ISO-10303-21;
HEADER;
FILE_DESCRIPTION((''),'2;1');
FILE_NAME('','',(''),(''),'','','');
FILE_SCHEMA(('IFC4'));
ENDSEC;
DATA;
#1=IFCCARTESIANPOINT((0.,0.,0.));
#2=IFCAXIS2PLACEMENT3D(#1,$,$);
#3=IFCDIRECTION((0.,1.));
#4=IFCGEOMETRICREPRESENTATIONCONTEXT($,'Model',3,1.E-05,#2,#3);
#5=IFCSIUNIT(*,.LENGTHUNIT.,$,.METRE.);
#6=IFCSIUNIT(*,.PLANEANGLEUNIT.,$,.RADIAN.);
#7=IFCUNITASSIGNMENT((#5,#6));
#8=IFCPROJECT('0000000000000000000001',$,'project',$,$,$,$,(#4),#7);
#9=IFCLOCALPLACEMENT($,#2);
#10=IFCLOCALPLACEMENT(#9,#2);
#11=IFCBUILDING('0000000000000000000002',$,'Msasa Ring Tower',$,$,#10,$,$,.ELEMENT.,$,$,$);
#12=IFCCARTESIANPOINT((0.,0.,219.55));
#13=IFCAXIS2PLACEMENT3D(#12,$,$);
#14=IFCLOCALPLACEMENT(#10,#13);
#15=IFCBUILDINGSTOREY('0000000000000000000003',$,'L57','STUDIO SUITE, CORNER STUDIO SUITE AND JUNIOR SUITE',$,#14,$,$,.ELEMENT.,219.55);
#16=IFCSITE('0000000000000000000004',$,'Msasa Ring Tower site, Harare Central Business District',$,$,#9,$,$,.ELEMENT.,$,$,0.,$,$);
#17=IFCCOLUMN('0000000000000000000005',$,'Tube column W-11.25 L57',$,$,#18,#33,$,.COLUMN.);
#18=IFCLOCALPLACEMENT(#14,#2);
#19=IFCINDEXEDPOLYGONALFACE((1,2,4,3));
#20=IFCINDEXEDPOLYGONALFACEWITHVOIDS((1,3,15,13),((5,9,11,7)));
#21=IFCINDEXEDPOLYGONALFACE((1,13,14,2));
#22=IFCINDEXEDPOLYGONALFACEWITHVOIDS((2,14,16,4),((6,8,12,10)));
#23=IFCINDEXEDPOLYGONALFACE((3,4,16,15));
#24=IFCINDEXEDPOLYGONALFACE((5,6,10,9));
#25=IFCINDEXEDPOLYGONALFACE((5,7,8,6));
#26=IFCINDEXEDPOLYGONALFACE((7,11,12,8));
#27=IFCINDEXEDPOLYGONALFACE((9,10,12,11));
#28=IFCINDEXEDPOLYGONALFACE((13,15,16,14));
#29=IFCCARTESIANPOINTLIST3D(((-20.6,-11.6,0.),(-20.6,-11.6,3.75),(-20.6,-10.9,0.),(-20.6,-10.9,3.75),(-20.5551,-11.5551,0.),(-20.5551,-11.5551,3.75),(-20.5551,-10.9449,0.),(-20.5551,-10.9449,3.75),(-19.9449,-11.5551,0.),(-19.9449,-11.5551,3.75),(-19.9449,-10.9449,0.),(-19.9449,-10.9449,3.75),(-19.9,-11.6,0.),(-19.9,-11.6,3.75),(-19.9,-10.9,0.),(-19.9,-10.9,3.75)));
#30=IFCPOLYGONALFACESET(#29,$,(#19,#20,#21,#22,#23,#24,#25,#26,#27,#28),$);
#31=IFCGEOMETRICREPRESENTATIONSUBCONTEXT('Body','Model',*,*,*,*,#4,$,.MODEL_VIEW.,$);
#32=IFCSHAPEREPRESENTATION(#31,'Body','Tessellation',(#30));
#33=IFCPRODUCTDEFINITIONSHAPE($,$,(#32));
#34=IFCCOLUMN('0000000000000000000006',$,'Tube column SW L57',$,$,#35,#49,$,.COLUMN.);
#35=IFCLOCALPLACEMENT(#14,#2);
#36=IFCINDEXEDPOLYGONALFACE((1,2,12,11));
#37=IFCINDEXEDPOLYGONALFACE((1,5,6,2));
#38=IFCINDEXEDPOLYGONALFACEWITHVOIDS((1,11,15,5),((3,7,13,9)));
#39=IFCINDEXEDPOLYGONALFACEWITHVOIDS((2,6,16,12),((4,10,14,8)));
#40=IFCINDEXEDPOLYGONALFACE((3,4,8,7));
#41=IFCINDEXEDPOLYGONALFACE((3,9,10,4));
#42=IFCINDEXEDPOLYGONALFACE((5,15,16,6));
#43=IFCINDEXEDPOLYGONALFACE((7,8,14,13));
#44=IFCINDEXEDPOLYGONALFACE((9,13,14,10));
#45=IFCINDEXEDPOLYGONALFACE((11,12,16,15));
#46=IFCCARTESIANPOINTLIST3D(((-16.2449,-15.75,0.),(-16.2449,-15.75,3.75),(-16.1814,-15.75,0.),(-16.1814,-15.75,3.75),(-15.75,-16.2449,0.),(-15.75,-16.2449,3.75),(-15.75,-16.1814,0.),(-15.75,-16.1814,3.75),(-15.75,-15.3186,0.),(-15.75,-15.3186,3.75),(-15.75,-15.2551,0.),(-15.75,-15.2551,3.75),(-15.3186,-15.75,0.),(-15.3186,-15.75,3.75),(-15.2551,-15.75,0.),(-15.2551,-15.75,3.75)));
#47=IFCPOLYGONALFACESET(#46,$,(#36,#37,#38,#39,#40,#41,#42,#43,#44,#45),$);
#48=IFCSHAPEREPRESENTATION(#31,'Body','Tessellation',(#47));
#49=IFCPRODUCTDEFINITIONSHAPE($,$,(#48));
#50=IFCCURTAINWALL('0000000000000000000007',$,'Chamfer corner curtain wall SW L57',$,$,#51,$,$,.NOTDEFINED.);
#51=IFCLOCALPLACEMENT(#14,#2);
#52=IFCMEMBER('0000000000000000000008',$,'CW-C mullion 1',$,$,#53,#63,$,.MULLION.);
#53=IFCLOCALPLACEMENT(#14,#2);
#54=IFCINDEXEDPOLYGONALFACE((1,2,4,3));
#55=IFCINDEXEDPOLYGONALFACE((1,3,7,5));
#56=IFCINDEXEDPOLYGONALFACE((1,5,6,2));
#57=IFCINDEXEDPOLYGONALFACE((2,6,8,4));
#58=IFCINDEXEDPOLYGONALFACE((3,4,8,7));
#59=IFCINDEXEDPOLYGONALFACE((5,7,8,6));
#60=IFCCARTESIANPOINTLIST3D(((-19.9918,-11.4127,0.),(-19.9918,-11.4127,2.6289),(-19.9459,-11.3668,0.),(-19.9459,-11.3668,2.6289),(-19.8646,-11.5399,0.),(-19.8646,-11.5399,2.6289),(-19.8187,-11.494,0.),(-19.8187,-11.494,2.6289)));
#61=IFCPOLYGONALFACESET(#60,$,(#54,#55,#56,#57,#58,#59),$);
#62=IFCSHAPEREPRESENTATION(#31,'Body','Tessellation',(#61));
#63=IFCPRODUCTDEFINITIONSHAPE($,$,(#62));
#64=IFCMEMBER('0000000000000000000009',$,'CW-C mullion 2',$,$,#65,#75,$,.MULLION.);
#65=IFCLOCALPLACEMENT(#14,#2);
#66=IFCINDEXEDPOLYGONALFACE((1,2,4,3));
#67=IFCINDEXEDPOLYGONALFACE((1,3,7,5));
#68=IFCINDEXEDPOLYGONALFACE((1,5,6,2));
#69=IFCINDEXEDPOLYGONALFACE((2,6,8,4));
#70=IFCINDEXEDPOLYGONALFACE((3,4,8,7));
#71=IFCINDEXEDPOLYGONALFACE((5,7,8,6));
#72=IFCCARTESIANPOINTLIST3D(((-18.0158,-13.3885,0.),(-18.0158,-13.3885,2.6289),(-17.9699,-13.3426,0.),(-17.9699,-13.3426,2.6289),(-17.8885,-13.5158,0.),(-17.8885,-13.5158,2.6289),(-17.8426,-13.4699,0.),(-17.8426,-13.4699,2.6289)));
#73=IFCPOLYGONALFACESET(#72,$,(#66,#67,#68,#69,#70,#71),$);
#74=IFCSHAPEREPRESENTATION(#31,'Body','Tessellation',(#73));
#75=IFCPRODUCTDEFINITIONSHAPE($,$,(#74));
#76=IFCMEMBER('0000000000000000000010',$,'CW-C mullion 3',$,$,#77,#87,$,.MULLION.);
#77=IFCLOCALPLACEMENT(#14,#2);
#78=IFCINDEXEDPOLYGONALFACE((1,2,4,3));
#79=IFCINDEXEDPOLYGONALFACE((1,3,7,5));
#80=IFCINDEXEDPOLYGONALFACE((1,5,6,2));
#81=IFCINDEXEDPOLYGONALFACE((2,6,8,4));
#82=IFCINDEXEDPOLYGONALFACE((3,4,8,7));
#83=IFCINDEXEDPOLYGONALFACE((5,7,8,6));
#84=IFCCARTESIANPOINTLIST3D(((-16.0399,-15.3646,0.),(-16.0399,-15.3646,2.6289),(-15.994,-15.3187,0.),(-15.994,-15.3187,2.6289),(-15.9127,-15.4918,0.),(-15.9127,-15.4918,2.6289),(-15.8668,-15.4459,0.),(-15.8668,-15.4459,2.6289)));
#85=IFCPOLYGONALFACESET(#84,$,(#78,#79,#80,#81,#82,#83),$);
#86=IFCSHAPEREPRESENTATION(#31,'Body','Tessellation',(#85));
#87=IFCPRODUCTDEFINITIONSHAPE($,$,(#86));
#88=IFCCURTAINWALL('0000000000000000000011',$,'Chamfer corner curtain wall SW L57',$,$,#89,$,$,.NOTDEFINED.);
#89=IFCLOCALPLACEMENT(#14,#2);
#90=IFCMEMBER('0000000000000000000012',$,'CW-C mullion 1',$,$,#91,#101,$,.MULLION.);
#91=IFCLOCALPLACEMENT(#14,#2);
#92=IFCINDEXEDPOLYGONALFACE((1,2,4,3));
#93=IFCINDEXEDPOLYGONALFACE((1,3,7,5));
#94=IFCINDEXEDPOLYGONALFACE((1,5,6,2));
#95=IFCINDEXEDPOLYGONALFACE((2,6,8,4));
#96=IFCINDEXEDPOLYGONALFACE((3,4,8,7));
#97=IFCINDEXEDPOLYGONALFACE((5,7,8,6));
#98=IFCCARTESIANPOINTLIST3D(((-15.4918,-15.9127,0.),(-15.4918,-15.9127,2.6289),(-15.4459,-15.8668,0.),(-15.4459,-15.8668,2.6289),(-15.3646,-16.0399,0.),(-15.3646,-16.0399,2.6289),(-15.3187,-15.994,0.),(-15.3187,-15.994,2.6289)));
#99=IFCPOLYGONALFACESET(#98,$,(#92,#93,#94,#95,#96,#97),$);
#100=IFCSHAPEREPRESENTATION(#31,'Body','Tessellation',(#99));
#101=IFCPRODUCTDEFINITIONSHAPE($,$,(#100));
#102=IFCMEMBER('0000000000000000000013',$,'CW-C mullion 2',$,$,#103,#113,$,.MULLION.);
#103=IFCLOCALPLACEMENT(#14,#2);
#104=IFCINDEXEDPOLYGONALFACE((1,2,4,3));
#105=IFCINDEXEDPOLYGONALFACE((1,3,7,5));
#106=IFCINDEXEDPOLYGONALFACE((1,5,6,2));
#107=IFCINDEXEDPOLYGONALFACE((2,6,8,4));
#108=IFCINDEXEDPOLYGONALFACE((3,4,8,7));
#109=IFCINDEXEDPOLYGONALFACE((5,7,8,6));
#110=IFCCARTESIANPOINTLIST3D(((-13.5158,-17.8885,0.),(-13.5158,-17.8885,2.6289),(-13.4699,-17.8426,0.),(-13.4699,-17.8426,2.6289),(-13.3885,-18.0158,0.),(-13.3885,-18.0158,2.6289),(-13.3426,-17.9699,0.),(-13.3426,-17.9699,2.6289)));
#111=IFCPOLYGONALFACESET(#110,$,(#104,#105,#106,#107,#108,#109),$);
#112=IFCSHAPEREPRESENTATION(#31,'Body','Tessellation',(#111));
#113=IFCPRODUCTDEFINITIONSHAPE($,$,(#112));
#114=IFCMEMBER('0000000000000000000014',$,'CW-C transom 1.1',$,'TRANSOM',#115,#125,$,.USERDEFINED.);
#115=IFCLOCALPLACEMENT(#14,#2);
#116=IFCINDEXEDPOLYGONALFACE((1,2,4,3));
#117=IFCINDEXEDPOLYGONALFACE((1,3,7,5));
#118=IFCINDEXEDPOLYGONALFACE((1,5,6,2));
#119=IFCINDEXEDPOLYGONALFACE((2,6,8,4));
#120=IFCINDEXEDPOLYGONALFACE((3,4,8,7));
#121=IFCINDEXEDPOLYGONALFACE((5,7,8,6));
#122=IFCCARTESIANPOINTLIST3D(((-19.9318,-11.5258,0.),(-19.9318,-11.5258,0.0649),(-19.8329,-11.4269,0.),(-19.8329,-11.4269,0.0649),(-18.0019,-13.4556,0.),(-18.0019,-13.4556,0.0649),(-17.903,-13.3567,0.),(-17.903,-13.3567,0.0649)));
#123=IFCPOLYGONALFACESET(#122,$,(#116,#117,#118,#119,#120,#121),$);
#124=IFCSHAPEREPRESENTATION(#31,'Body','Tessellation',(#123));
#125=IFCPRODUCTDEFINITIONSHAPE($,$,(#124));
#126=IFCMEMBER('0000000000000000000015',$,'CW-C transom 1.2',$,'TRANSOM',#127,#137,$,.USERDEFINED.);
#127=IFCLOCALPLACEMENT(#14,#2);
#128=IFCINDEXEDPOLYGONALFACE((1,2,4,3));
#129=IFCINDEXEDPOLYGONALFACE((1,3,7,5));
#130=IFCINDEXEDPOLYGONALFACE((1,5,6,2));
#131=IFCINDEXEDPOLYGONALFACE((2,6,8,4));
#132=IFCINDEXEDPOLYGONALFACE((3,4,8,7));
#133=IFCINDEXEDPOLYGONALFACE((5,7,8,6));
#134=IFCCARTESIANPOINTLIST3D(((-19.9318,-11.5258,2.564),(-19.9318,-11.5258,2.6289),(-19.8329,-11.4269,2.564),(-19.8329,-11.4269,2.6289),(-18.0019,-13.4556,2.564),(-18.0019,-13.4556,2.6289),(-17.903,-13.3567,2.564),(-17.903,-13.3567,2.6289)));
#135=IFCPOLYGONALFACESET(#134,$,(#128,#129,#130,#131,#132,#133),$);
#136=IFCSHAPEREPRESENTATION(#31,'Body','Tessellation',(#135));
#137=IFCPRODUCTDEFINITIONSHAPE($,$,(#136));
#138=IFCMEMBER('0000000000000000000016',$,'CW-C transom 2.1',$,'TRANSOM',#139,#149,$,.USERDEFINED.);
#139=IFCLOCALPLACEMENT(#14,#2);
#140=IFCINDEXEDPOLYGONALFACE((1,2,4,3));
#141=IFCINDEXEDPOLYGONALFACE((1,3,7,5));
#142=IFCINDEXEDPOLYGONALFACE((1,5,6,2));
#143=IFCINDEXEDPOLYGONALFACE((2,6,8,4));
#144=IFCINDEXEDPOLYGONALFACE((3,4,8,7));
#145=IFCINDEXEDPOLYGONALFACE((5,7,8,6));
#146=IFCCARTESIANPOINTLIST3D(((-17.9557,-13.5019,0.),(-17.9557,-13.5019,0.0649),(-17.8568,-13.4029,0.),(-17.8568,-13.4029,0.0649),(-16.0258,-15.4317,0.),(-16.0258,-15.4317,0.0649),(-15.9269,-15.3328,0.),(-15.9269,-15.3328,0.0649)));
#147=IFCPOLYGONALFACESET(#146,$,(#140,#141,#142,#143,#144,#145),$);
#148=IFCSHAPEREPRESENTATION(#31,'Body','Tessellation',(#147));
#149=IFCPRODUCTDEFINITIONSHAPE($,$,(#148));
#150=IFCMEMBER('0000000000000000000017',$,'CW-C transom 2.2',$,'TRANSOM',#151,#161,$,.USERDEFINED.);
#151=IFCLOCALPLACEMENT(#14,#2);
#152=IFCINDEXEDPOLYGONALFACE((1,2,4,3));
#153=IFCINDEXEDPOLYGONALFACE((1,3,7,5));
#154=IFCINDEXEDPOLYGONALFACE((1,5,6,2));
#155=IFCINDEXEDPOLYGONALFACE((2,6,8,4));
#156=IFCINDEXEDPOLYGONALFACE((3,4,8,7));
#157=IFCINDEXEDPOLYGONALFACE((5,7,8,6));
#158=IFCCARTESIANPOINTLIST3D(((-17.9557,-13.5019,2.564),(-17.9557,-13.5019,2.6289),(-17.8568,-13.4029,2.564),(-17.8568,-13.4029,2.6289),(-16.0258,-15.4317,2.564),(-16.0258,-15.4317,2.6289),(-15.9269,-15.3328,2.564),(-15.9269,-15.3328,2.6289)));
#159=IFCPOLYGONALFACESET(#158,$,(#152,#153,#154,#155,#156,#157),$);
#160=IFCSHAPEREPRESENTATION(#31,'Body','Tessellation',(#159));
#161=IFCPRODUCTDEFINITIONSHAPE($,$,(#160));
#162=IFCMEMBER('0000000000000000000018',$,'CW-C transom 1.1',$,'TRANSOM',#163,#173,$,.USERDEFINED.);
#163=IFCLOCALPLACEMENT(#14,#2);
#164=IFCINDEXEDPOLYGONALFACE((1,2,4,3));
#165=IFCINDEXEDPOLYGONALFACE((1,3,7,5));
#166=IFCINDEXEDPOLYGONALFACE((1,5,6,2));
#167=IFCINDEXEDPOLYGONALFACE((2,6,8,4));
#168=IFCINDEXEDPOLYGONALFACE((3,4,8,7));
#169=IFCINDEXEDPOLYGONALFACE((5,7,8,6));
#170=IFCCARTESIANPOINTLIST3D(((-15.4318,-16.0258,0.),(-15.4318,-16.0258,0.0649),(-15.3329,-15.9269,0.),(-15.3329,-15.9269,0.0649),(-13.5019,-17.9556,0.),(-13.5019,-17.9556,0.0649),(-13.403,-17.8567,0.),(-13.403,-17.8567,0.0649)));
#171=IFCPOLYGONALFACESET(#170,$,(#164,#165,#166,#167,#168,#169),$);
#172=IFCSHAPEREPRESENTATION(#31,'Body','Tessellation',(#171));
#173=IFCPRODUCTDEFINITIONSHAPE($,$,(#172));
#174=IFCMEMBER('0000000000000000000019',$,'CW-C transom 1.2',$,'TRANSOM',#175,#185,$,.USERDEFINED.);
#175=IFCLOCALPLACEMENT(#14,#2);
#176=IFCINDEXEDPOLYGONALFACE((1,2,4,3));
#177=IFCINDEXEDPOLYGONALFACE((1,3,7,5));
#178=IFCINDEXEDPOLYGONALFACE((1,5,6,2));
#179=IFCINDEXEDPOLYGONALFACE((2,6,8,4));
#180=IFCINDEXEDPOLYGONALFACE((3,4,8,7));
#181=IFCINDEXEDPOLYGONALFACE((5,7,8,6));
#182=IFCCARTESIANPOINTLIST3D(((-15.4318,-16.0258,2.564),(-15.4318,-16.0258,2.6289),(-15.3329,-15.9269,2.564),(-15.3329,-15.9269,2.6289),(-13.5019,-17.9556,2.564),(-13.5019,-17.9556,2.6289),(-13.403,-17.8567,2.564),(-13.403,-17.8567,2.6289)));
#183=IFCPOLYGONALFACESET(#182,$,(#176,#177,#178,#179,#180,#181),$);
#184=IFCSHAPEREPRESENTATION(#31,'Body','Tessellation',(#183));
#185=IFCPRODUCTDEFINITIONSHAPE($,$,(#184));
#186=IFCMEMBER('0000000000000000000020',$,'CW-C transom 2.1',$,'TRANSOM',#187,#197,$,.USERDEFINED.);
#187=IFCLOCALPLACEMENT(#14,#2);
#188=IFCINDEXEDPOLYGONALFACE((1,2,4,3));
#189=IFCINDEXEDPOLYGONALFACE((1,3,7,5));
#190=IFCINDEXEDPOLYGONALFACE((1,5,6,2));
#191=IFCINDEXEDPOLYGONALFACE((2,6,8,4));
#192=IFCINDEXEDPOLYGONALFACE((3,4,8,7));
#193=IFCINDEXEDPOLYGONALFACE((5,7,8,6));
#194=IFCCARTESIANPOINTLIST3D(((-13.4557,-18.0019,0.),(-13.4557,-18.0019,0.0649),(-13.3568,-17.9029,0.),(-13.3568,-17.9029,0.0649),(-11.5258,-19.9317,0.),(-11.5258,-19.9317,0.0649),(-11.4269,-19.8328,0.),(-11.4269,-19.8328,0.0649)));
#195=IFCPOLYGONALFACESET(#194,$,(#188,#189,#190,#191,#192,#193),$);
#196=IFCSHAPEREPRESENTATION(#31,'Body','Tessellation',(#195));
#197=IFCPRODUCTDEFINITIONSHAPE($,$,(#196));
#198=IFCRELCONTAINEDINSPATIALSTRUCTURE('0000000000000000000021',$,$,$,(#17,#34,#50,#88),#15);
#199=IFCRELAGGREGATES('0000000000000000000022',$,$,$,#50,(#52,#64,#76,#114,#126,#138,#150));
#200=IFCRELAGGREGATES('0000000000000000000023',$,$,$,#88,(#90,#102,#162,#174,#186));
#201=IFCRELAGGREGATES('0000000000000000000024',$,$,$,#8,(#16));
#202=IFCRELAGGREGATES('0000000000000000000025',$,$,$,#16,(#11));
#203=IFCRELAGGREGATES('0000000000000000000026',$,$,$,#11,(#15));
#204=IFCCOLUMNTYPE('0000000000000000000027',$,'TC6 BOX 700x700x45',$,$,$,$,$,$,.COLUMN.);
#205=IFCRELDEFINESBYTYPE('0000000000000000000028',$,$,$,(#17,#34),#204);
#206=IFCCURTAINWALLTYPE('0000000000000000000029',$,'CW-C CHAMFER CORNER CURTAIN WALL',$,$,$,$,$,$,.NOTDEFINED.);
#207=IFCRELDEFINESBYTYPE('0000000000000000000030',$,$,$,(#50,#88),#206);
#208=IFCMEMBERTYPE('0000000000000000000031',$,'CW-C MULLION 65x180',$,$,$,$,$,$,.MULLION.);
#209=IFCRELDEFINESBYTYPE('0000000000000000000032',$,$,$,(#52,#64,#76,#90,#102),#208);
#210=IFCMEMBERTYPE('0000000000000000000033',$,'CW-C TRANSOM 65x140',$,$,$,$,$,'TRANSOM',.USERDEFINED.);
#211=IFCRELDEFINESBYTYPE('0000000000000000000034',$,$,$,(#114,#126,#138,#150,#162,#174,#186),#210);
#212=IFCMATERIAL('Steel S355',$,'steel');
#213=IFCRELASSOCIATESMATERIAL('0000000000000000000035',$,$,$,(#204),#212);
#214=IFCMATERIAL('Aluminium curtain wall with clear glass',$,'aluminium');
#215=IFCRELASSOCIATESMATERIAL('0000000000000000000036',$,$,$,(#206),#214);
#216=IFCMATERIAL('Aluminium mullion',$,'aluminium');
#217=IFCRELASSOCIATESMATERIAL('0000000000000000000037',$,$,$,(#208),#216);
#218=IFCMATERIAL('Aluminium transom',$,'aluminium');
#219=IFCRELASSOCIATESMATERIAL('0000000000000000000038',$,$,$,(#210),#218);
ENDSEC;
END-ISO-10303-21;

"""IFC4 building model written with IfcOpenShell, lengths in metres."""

from ifc_helpers import new_model, si_unit, direction, frame, origin, origin_2d, place, context, subcontext, project, spatial, rectangle, hollow_rectangle, extrude, material, material_profile, profile_set, type_object, element, aggregate, save


model = new_model("IFC4")

# Units and contexts
model_context = context("Model", 3, precision=1e-05, world=origin(), true_north=direction((0.0, 1.0)))
body_context = subcontext(model_context, "Body", "Model", "MODEL_VIEW")
ifc_project = project(units=[si_unit("LENGTHUNIT", "METRE"), si_unit("PLANEANGLEUNIT", "RADIAN")], contexts=[model_context])

# Site, building, storey
site_placement = place(None, origin())
site = spatial("IfcSite", under=ifc_project, at=site_placement, Name="Msasa Ring Tower site, Harare Central Business District", CompositionType="ELEMENT", RefElevation=0.0)
building_placement = place(site_placement, origin())
building = spatial("IfcBuilding", under=site, at=building_placement, Name="Msasa Ring Tower", CompositionType="ELEMENT")
storey_placement = place(building_placement, frame((0.0, 0.0, 219.55)))
storey = spatial("IfcBuildingStorey", under=building, at=storey_placement, Name="L57", Description="STUDIO SUITE, CORNER STUDIO SUITE AND JUNIOR SUITE", CompositionType="ELEMENT", Elevation=219.55)

# Columns
ifc_material_1 = material(Name="Steel S355", Category="steel")
ifc_material_profile_1 = material_profile(ifc_material_1, hollow_rectangle(XDim=0.7, YDim=0.7, WallThickness=0.0449, at=origin_2d()), Name="BOX 700x700x45")
ifc_profile_set_1 = profile_set([ifc_material_profile_1], Name="Steel S355")
column_type = type_object("IfcColumnType", Name="TC6 BOX 700x700x45", PredefinedType="COLUMN", material=ifc_profile_set_1)
for number, where, z_axis, x_axis, name in (
    (1, (-20.25, -11.25, 0.0), (0.0, 0.0, 1.0), (1.0, 0.0, 0.0), "Tube column W-11.25 L57"),
    (2, (-15.75, -15.75, 0.0), (0.0, 0.0, 1.0), (0.707107, 0.707107, 0.0), "Tube column SW L57"),
):
    element("IfcColumn", number, at=place(storey_placement, frame(where, z_axis=z_axis, x_axis=x_axis)), inside=storey, type_object=column_type, Name=name, PredefinedType="COLUMN", context=body_context, shape_type="SweptSolid", body=[
        extrude(hollow_rectangle(XDim=0.7, YDim=0.7, WallThickness=0.0449, at=origin_2d()), origin(), (0.0, 0.0, 1.0), 3.75),
    ])

# Curtain walls, members
ifc_material_2 = material(Name="Aluminium curtain wall with clear glass", Category="aluminium")
curtain_wall_type = type_object("IfcCurtainWallType", Name="CW-C CHAMFER CORNER CURTAIN WALL", PredefinedType="NOTDEFINED", material=ifc_material_2)
curtain_wall_1_placement = place(storey_placement, origin())
curtain_wall_1 = element("IfcCurtainWall", 3, at=curtain_wall_1_placement, inside=storey, type_object=curtain_wall_type, Name="Chamfer corner curtain wall SW L57", PredefinedType="NOTDEFINED")
ifc_material_3 = material(Name="Aluminium mullion", Category="aluminium")
ifc_material_profile_2 = material_profile(ifc_material_3, rectangle(XDim=0.0649, YDim=0.1799, at=origin_2d()), Name="AL 65x180")
ifc_profile_set_2 = profile_set([ifc_material_profile_2], Name="Aluminium mullion")
member_type_1 = type_object("IfcMemberType", Name="CW-C MULLION 65x180", PredefinedType="MULLION", material=ifc_profile_set_2)
member_1_placement = place(storey_placement, frame((-19.9053, -11.4534, 0.0), z_axis=(0.0, 0.0, 1.0), x_axis=(0.707107, 0.707107, 0.0)))
member_1 = element("IfcMember", 4, at=member_1_placement, type_object=member_type_1, Name="CW-C mullion 1", PredefinedType="MULLION", context=body_context, shape_type="SweptSolid", body=[
    extrude(rectangle(XDim=0.0649, YDim=0.1799, at=origin_2d()), origin(), (0.0, 0.0, 1.0), 2.6289),
])
member_2_placement = place(storey_placement, frame((-17.9292, -13.4292, 0.0), z_axis=(0.0, 0.0, 1.0), x_axis=(0.707107, 0.707107, 0.0)))
member_2 = element("IfcMember", 5, at=member_2_placement, type_object=member_type_1, Name="CW-C mullion 2", PredefinedType="MULLION", context=body_context, shape_type="SweptSolid", body=[
    extrude(rectangle(XDim=0.0649, YDim=0.1799, at=origin_2d()), origin(), (0.0, 0.0, 1.0), 2.6289),
])
member_3_placement = place(storey_placement, frame((-15.9534, -15.4053, 0.0), z_axis=(0.0, 0.0, 1.0), x_axis=(0.707107, 0.707107, 0.0)))
member_3 = element("IfcMember", 6, at=member_3_placement, type_object=member_type_1, Name="CW-C mullion 3", PredefinedType="MULLION", context=body_context, shape_type="SweptSolid", body=[
    extrude(rectangle(XDim=0.0649, YDim=0.1799, at=origin_2d()), origin(), (0.0, 0.0, 1.0), 2.6289),
])
curtain_wall_2_placement = place(storey_placement, origin())
curtain_wall_2 = element("IfcCurtainWall", 7, at=curtain_wall_2_placement, inside=storey, type_object=curtain_wall_type, Name="Chamfer corner curtain wall SW L57", PredefinedType="NOTDEFINED")
member_4_placement = place(storey_placement, frame((-15.4053, -15.9534, 0.0), z_axis=(0.0, 0.0, 1.0), x_axis=(0.707107, 0.707107, 0.0)))
member_4 = element("IfcMember", 8, at=member_4_placement, type_object=member_type_1, Name="CW-C mullion 1", PredefinedType="MULLION", context=body_context, shape_type="SweptSolid", body=[
    extrude(rectangle(XDim=0.0649, YDim=0.1799, at=origin_2d()), origin(), (0.0, 0.0, 1.0), 2.6289),
])
member_5_placement = place(storey_placement, frame((-13.4292, -17.9292, 0.0), z_axis=(0.0, 0.0, 1.0), x_axis=(0.707107, 0.707107, 0.0)))
member_5 = element("IfcMember", 9, at=member_5_placement, type_object=member_type_1, Name="CW-C mullion 2", PredefinedType="MULLION", context=body_context, shape_type="SweptSolid", body=[
    extrude(rectangle(XDim=0.0649, YDim=0.1799, at=origin_2d()), origin(), (0.0, 0.0, 1.0), 2.6289),
])

# Members
ifc_material_4 = material(Name="Aluminium transom", Category="aluminium")
ifc_material_profile_3 = material_profile(ifc_material_4, rectangle(XDim=0.1399, YDim=0.0649, at=origin_2d()), Name="AL 65x140")
ifc_profile_set_3 = profile_set([ifc_material_profile_3], Name="Aluminium transom")
member_type_2 = type_object("IfcMemberType", Name="CW-C TRANSOM 65x140", ElementType="TRANSOM", PredefinedType="USERDEFINED", material=ifc_profile_set_3)
member_6_placement = place(storey_placement, frame((-19.8823, -11.4763, 0.0325), z_axis=(0.707107, -0.707107, 0.0), x_axis=(0.707107, 0.707107, 0.0)))
member_6 = element("IfcMember", 10, at=member_6_placement, type_object=member_type_2, Name="CW-C transom 1.1", ObjectType="TRANSOM", PredefinedType="USERDEFINED", context=body_context, shape_type="SweptSolid", body=[
    extrude(rectangle(XDim=0.1399, YDim=0.0649, at=origin_2d()), origin(), (0.0, 0.0, 1.0), 2.7292),
])
member_7_placement = place(storey_placement, frame((-19.8823, -11.4763, 2.5964), z_axis=(0.707107, -0.707107, 0.0), x_axis=(0.707107, 0.707107, 0.0)))
member_7 = element("IfcMember", 11, at=member_7_placement, type_object=member_type_2, Name="CW-C transom 1.2", ObjectType="TRANSOM", PredefinedType="USERDEFINED", context=body_context, shape_type="SweptSolid", body=[
    extrude(rectangle(XDim=0.1399, YDim=0.0649, at=origin_2d()), origin(), (0.0, 0.0, 1.0), 2.7292),
])
member_8_placement = place(storey_placement, frame((-17.9062, -13.4524, 0.0325), z_axis=(0.707107, -0.707107, 0.0), x_axis=(0.707107, 0.707107, 0.0)))
member_8 = element("IfcMember", 12, at=member_8_placement, type_object=member_type_2, Name="CW-C transom 2.1", ObjectType="TRANSOM", PredefinedType="USERDEFINED", context=body_context, shape_type="SweptSolid", body=[
    extrude(rectangle(XDim=0.1399, YDim=0.0649, at=origin_2d()), origin(), (0.0, 0.0, 1.0), 2.7292),
])
member_9_placement = place(storey_placement, frame((-17.9062, -13.4524, 2.5964), z_axis=(0.707107, -0.707107, 0.0), x_axis=(0.707107, 0.707107, 0.0)))
member_9 = element("IfcMember", 13, at=member_9_placement, type_object=member_type_2, Name="CW-C transom 2.2", ObjectType="TRANSOM", PredefinedType="USERDEFINED", context=body_context, shape_type="SweptSolid", body=[
    extrude(rectangle(XDim=0.1399, YDim=0.0649, at=origin_2d()), origin(), (0.0, 0.0, 1.0), 2.7292),
])
member_10_placement = place(storey_placement, frame((-15.3823, -15.9763, 0.0325), z_axis=(0.707107, -0.707107, 0.0), x_axis=(0.707107, 0.707107, 0.0)))
member_10 = element("IfcMember", 14, at=member_10_placement, type_object=member_type_2, Name="CW-C transom 1.1", ObjectType="TRANSOM", PredefinedType="USERDEFINED", context=body_context, shape_type="SweptSolid", body=[
    extrude(rectangle(XDim=0.1399, YDim=0.0649, at=origin_2d()), origin(), (0.0, 0.0, 1.0), 2.7292),
])
member_11_placement = place(storey_placement, frame((-15.3823, -15.9763, 2.5964), z_axis=(0.707107, -0.707107, 0.0), x_axis=(0.707107, 0.707107, 0.0)))
member_11 = element("IfcMember", 15, at=member_11_placement, type_object=member_type_2, Name="CW-C transom 1.2", ObjectType="TRANSOM", PredefinedType="USERDEFINED", context=body_context, shape_type="SweptSolid", body=[
    extrude(rectangle(XDim=0.1399, YDim=0.0649, at=origin_2d()), origin(), (0.0, 0.0, 1.0), 2.7292),
])
member_12_placement = place(storey_placement, frame((-13.4062, -17.9524, 0.0325), z_axis=(0.707107, -0.707107, 0.0), x_axis=(0.707107, 0.707107, 0.0)))
member_12 = element("IfcMember", 16, at=member_12_placement, type_object=member_type_2, Name="CW-C transom 2.1", ObjectType="TRANSOM", PredefinedType="USERDEFINED", context=body_context, shape_type="SweptSolid", body=[
    extrude(rectangle(XDim=0.1399, YDim=0.0649, at=origin_2d()), origin(), (0.0, 0.0, 1.0), 2.7292),
])

aggregate(curtain_wall_1, [member_1, member_2, member_3, member_6, member_7, member_8, member_9])
aggregate(curtain_wall_2, [member_4, member_5, member_10, member_11, member_12])

save(model, "model.ifc")
